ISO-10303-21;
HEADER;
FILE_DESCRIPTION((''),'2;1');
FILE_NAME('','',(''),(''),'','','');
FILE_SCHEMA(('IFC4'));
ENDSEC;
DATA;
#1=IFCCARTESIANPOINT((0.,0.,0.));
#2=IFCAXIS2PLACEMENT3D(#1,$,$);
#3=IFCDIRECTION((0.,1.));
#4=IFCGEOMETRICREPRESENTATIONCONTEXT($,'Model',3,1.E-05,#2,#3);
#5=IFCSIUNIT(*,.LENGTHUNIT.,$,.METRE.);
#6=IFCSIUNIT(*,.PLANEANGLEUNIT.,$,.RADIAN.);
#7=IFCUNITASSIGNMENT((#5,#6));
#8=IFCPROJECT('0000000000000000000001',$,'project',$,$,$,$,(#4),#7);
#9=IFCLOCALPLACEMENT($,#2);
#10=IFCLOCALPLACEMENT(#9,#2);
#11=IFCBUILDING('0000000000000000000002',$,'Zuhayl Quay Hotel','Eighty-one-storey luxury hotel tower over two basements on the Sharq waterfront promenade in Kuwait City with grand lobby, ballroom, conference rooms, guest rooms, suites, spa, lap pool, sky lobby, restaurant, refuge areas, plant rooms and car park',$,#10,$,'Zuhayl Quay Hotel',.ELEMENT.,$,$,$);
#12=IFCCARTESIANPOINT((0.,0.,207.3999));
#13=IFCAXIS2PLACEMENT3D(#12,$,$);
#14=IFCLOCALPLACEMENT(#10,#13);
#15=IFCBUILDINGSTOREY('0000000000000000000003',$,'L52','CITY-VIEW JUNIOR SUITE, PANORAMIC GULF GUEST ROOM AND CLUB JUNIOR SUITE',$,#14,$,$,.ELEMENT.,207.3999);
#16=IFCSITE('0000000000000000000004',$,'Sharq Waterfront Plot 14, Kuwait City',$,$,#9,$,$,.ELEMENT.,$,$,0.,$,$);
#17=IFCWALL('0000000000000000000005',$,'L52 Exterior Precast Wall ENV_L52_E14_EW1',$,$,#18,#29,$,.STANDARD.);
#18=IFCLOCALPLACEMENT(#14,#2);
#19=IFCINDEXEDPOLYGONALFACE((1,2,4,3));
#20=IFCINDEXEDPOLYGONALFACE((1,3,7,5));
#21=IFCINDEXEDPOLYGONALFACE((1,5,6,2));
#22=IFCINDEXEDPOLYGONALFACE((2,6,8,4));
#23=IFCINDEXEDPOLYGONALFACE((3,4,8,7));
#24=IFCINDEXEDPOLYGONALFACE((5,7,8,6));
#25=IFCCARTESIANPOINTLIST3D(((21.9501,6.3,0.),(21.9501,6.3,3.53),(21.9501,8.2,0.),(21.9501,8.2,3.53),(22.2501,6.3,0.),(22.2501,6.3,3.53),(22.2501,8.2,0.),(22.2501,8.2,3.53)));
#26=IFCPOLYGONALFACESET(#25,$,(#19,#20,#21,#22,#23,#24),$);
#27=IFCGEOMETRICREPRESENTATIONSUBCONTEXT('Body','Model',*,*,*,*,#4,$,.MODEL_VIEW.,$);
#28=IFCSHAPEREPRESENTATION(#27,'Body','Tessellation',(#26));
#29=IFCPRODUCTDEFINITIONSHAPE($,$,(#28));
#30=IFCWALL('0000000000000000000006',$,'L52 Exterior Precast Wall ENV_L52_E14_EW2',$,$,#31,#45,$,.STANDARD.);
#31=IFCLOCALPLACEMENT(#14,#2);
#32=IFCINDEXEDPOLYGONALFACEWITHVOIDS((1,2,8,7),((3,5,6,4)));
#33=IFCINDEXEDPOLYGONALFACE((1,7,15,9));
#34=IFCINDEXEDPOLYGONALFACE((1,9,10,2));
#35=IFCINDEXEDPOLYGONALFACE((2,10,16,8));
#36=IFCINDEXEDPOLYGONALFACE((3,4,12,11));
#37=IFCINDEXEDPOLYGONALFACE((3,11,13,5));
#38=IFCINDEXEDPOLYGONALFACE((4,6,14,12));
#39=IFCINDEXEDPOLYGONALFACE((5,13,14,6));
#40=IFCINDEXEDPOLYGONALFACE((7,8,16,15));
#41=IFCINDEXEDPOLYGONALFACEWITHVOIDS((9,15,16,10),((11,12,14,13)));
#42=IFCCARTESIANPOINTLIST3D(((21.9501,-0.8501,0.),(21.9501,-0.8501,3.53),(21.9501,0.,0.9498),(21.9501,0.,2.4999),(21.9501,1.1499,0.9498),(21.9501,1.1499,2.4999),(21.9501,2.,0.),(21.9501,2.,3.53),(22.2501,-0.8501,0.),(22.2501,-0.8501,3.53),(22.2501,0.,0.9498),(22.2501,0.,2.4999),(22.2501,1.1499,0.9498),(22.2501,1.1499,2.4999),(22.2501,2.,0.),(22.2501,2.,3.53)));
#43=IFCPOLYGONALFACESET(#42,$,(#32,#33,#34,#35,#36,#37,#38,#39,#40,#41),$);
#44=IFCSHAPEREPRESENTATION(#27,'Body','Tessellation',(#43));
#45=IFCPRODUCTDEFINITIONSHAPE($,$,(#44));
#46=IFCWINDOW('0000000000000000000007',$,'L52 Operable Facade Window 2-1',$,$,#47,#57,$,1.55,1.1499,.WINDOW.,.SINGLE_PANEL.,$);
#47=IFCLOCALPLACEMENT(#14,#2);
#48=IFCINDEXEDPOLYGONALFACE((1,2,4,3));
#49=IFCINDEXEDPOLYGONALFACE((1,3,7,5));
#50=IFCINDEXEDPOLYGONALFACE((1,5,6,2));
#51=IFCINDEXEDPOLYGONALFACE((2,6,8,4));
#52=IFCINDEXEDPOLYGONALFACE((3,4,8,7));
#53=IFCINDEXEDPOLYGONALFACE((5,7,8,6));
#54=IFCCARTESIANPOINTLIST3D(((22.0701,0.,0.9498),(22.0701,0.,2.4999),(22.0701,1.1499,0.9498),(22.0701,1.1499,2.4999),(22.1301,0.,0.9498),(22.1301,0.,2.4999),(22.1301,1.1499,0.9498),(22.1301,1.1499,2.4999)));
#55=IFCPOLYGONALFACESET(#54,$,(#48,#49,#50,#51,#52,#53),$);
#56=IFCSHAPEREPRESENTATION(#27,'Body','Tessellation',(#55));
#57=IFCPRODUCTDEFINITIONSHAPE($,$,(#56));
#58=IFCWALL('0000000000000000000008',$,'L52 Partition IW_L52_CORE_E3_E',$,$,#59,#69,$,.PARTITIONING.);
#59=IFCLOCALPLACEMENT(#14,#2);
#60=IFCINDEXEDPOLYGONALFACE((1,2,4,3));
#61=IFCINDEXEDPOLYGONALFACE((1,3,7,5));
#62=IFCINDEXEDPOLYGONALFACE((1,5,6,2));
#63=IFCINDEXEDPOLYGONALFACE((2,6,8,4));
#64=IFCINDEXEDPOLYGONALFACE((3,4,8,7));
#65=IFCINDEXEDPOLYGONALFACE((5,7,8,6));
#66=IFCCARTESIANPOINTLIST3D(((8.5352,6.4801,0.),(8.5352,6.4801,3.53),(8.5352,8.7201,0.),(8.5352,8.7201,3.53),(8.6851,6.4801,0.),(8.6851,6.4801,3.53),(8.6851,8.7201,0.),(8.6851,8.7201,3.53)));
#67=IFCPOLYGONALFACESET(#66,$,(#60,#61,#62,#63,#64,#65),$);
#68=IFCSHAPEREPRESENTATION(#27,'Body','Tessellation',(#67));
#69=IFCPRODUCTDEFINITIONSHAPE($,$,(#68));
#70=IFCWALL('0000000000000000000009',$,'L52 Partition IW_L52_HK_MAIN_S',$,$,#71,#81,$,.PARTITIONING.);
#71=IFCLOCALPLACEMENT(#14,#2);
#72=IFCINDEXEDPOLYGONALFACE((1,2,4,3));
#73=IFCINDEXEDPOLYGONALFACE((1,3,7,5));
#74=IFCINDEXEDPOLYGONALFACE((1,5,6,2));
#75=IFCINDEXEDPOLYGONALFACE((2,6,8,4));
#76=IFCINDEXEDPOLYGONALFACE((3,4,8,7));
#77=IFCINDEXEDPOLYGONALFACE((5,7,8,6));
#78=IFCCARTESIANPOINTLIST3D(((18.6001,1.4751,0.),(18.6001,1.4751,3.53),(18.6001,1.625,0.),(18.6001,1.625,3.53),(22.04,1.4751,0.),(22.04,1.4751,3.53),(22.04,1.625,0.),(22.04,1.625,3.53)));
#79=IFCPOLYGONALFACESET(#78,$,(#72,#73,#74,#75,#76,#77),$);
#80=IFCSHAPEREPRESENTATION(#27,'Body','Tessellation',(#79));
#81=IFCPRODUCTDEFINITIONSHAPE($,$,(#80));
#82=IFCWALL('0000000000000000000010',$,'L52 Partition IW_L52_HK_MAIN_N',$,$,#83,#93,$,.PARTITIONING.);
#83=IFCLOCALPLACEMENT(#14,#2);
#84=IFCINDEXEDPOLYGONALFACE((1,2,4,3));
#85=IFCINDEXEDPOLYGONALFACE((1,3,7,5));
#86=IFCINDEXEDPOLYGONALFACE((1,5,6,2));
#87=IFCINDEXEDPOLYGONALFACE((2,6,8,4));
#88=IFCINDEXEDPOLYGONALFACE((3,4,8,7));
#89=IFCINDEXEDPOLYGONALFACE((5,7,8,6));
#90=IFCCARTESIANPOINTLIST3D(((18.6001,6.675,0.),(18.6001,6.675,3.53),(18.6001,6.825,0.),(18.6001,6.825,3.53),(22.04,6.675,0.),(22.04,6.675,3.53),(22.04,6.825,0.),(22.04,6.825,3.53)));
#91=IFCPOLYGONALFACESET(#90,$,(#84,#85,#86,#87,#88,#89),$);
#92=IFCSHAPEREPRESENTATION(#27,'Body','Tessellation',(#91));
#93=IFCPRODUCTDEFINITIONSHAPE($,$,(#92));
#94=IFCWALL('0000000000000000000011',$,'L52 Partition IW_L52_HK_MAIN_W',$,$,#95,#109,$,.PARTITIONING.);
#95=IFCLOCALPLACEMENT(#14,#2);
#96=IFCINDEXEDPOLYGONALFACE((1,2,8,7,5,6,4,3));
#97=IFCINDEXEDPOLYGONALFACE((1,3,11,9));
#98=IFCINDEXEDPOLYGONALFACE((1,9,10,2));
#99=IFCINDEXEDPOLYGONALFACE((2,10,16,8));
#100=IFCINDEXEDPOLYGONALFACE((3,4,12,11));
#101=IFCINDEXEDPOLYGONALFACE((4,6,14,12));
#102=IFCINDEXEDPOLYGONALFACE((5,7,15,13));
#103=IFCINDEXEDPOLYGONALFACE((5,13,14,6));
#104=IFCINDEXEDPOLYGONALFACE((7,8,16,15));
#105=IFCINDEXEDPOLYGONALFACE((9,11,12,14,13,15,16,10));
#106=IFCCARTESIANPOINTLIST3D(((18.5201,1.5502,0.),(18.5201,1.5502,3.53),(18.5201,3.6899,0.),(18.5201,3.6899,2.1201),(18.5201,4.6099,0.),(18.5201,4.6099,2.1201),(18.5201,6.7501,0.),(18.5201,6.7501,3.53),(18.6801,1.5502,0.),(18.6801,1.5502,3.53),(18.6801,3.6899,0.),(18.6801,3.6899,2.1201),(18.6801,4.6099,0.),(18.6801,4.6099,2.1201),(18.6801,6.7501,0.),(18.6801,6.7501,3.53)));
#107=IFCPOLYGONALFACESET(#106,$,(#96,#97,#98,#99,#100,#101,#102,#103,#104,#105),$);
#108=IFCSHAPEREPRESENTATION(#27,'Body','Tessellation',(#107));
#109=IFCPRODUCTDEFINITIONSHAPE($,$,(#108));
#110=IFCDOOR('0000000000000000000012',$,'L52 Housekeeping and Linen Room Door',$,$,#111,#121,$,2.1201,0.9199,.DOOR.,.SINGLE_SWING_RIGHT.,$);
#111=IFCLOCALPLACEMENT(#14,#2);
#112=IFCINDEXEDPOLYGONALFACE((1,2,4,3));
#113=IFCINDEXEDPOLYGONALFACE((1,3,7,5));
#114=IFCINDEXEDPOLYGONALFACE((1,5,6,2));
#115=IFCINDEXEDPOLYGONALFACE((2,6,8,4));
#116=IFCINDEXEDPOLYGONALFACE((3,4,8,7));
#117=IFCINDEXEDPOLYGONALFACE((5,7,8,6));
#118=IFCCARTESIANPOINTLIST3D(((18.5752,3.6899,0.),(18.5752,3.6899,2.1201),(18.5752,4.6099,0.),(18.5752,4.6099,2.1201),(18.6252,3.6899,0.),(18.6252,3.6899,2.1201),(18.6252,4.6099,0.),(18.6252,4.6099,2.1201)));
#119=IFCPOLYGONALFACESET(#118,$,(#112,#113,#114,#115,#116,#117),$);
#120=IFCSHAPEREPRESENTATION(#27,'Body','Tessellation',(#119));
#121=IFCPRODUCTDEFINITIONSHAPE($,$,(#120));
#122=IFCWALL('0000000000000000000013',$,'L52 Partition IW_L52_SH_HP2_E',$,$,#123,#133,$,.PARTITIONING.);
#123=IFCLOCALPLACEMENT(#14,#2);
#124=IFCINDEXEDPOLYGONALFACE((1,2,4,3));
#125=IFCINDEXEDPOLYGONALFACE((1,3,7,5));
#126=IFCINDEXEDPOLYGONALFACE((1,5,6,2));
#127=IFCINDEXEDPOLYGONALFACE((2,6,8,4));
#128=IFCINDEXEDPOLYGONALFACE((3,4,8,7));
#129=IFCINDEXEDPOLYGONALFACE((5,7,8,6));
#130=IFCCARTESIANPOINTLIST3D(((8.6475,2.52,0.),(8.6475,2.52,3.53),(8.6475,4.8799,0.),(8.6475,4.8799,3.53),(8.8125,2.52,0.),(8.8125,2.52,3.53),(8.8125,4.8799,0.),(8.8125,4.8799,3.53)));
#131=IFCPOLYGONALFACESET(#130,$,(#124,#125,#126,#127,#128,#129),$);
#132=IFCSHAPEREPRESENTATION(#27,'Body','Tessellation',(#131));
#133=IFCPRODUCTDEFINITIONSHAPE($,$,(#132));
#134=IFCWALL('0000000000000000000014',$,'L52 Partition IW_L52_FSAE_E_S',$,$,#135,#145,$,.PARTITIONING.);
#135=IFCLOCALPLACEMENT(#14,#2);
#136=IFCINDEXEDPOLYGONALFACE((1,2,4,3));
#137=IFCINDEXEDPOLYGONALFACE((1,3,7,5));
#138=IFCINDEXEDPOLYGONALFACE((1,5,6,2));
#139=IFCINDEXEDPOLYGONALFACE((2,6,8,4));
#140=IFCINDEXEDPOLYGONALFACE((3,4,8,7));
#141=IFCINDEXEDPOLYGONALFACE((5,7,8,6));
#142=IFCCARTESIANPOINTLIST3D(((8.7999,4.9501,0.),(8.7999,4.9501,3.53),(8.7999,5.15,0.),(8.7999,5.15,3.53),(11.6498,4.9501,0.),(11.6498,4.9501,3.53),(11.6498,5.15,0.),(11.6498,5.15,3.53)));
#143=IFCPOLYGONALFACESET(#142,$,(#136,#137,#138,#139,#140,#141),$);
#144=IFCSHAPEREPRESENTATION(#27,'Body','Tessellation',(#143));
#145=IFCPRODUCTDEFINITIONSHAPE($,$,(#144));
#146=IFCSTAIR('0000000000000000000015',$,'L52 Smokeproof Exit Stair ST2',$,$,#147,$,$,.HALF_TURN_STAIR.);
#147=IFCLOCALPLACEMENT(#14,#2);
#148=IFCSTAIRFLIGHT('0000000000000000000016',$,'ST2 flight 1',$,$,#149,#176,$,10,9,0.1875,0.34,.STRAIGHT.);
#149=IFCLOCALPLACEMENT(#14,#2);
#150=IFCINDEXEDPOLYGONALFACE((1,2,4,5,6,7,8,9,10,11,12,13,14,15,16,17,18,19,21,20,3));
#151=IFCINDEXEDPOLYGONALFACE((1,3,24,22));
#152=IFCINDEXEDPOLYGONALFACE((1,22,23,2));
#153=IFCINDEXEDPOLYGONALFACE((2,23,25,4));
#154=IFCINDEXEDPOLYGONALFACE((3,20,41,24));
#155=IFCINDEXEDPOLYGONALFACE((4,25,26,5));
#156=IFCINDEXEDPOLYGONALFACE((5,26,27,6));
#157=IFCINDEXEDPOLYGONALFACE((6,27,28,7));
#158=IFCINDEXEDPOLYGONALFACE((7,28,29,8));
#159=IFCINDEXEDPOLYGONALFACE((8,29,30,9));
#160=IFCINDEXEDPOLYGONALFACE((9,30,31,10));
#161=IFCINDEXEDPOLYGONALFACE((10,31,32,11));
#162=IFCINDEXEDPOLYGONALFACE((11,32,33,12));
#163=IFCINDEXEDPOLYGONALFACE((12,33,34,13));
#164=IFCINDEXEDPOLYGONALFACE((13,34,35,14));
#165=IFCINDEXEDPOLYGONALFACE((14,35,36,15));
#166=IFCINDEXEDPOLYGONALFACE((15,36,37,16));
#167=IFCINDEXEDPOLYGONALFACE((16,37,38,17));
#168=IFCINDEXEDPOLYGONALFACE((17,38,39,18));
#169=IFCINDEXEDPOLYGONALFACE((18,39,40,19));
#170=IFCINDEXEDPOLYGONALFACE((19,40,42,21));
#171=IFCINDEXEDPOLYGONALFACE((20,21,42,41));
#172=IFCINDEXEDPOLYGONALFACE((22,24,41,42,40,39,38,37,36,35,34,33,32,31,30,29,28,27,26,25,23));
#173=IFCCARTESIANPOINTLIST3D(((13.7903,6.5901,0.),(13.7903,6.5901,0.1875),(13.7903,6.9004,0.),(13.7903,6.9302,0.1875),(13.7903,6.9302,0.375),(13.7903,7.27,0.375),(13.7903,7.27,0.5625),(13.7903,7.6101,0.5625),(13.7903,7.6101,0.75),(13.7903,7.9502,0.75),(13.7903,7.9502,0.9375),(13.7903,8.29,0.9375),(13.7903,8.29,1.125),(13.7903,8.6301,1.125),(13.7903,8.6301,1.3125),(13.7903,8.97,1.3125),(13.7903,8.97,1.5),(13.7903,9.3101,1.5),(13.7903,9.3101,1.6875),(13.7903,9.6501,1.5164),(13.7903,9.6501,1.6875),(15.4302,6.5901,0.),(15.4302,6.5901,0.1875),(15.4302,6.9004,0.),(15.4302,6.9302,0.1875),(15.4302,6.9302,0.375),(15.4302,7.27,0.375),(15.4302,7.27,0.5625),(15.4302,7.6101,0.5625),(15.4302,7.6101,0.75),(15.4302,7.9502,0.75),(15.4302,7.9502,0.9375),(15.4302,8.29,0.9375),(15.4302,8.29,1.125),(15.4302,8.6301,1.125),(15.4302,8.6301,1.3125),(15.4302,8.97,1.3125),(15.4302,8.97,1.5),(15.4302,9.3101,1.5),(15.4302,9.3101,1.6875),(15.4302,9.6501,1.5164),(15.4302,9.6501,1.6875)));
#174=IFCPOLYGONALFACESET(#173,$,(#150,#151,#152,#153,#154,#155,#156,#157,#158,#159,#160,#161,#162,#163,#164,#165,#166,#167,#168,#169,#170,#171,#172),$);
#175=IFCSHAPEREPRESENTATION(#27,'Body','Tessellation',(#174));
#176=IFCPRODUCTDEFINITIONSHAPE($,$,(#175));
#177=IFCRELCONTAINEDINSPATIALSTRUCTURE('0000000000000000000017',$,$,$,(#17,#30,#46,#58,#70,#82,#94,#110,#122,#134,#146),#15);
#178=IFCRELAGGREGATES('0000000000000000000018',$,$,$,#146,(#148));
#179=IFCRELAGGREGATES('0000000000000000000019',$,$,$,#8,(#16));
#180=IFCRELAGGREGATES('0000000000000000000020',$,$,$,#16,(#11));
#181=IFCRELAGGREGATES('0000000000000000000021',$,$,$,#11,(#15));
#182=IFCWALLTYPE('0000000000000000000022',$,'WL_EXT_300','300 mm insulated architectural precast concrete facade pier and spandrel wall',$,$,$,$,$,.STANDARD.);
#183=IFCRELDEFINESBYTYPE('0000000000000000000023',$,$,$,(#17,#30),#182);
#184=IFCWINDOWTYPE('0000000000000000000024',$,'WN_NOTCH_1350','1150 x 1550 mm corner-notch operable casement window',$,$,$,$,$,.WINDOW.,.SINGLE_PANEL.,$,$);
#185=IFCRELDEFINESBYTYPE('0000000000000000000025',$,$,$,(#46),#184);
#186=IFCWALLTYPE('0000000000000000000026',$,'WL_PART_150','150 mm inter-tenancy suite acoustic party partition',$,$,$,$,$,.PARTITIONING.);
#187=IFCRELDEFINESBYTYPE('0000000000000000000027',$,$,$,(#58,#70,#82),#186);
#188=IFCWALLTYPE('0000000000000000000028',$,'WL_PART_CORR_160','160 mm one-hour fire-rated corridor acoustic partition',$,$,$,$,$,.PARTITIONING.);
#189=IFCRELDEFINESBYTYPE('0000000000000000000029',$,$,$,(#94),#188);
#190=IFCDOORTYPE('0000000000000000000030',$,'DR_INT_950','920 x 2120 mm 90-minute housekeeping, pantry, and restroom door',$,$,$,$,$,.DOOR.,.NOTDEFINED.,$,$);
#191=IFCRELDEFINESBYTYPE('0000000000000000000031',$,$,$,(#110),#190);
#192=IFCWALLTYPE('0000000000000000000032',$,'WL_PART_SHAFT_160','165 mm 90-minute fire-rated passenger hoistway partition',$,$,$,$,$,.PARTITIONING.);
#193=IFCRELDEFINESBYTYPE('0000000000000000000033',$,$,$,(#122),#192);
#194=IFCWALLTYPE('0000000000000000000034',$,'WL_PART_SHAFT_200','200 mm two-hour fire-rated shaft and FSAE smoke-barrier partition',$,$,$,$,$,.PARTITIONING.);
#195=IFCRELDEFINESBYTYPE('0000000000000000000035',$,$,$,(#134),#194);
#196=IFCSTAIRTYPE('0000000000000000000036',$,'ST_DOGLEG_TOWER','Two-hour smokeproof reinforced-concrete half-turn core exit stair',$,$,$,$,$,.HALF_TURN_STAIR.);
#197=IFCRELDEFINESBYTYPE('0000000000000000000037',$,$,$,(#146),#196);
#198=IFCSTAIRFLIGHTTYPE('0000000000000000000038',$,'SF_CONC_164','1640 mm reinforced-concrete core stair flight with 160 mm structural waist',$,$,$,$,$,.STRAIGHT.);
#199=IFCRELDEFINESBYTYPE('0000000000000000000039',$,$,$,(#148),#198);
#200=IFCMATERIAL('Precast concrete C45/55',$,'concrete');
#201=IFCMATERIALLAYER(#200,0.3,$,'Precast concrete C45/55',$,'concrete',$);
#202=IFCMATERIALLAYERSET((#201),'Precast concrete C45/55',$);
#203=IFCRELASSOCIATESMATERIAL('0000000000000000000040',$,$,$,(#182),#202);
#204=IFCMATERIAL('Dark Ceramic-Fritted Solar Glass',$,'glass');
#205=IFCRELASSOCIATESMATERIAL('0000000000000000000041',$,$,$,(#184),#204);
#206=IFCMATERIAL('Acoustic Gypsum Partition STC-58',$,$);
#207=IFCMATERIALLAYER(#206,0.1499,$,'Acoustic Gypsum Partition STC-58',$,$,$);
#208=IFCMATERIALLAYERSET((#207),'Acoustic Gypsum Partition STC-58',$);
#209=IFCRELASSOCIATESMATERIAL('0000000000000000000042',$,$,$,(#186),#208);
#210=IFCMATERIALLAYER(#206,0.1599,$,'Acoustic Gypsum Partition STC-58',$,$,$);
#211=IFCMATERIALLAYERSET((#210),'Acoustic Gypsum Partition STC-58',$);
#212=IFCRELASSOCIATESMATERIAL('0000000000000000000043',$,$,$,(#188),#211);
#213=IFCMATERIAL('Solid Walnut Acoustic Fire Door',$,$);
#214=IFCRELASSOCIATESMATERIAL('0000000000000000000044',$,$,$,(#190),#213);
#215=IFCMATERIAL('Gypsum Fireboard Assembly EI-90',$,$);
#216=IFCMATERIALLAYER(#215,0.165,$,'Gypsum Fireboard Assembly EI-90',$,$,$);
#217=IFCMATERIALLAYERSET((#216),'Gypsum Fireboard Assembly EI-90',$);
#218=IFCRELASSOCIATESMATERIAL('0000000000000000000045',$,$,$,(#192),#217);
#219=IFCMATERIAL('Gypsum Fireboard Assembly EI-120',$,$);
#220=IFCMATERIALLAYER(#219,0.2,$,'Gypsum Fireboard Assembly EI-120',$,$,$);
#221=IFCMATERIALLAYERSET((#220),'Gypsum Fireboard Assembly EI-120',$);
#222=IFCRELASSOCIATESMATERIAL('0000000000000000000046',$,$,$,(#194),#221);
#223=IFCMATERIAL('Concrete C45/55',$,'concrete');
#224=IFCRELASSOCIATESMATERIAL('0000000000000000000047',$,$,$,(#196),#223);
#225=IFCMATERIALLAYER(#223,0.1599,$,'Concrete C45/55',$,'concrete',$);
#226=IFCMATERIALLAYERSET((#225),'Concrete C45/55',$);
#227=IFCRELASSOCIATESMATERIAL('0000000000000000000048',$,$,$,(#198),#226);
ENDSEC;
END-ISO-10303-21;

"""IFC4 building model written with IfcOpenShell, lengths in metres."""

from ifc_helpers import new_model, si_unit, direction, frame, frame_2d, origin, place, context, subcontext, project, spatial, polyline, rectangle, outline, extrude, material, layer, layer_set, type_object, element, fill, aggregate, save


model = new_model("IFC4")

# Units and contexts
model_context = context("Model", 3, precision=1e-05, world=origin(), true_north=direction((0.0, 1.0)))
body_context = subcontext(model_context, "Body", "Model", "MODEL_VIEW")
ifc_project = project(units=[si_unit("LENGTHUNIT", "METRE"), si_unit("PLANEANGLEUNIT", "RADIAN")], contexts=[model_context])

# Site, building, storey
site_placement = place(None, origin())
site = spatial("IfcSite", under=ifc_project, at=site_placement, Name="Sharq Waterfront Plot 14, Kuwait City", CompositionType="ELEMENT", RefElevation=0.0)
building_placement = place(site_placement, origin())
building = spatial("IfcBuilding", under=site, at=building_placement, Name="Zuhayl Quay Hotel", Description="Eighty-one-storey luxury hotel tower over two basements on the Sharq waterfront promenade in Kuwait City with grand lobby, ballroom, conference rooms, guest rooms, suites, spa, lap pool, sky lobby, restaurant, refuge areas, plant rooms and car park", LongName="Zuhayl Quay Hotel", CompositionType="ELEMENT")
storey_placement = place(building_placement, frame((0.0, 0.0, 207.3999)))
storey = spatial("IfcBuildingStorey", under=building, at=storey_placement, Name="L52", Description="CITY-VIEW JUNIOR SUITE, PANORAMIC GULF GUEST ROOM AND CLUB JUNIOR SUITE", CompositionType="ELEMENT", Elevation=207.3999)

# Shared definitions
ifc_material_1 = material(Name="Dark Ceramic-Fritted Solar Glass", Category="glass")

# Wall
ifc_material_2 = material(Name="Precast concrete C45/55", Category="concrete")
ifc_layer_1 = layer(ifc_material_2, 0.3, Name="Precast concrete C45/55", Category="concrete")
ifc_layer_set_1 = layer_set([ifc_layer_1], Name="Precast concrete C45/55")
wall_type_1 = type_object("IfcWallType", Name="WL_EXT_300", Description="300 mm insulated architectural precast concrete facade pier and spandrel wall", PredefinedType="STANDARD", material=ifc_layer_set_1)
wall_1_placement = place(storey_placement, frame((22.1001, 8.2, 0.0), z_axis=(0.0, 0.0, 1.0), x_axis=(0.0, -1.0, 0.0)))
element("IfcWall", 1, at=wall_1_placement, inside=storey, type_object=wall_type_1, Name="L52 Exterior Precast Wall ENV_L52_E14_EW1", PredefinedType="STANDARD", context=body_context, shape_type="SweptSolid", body=[
    extrude(rectangle(XDim=1.8999, YDim=0.3, at=frame_2d((0.95, 0.0))), origin(), (0.0, 0.0, 1.0), 3.53),
])

# Wall, opening, window
wall_2_placement = place(storey_placement, frame((22.1001, 2.0, 0.0), z_axis=(0.0, 0.0, 1.0), x_axis=(0.0, -1.0, 0.0)))
wall_2 = element("IfcWall", 2, at=wall_2_placement, inside=storey, type_object=wall_type_1, Name="L52 Exterior Precast Wall ENV_L52_E14_EW2", PredefinedType="STANDARD", context=body_context, shape_type="SweptSolid", body=[
    extrude(rectangle(XDim=2.8501, YDim=0.3, at=frame_2d((1.425, 0.0))), origin(), (0.0, 0.0, 1.0), 3.53),
])
opening_1_placement = place(wall_2_placement, frame((0.8501, 0.0, 0.95)))
opening_1 = element("IfcOpeningElement", 3, at=opening_1_placement, cuts=wall_2, PredefinedType="OPENING", context=body_context, shape_type="SweptSolid", body=[
    extrude(rectangle(XDim=1.1499, YDim=1.55, at=frame_2d((0.575, 0.7749))), frame((0.0, 0.1599, 0.0), z_axis=(0.0, -1.0, 0.0), x_axis=(1.0, 0.0, 0.0)), (0.0, 0.0, 1.0), 0.3201),
])
window_type = type_object("IfcWindowType", Name="WN_NOTCH_1350", Description="1150 x 1550 mm corner-notch operable casement window", PartitioningType="SINGLE_PANEL", PredefinedType="WINDOW", material=ifc_material_1)
window_placement = place(opening_1_placement, origin())
window = element("IfcWindow", 4, at=window_placement, inside=storey, type_object=window_type, Name="L52 Operable Facade Window 2-1", OverallHeight=1.55, OverallWidth=1.1499, PartitioningType="SINGLE_PANEL", PredefinedType="WINDOW", context=body_context, shape_type="SweptSolid", body=[
    extrude(rectangle(XDim=1.1499, YDim=1.55, at=frame_2d((0.575, 0.7749))), frame((0.0, 0.03, 0.0), z_axis=(0.0, -1.0, 0.0), x_axis=(1.0, 0.0, 0.0)), (0.0, 0.0, 1.0), 0.0601),
])
fill(opening_1, window)

# Walls
ifc_material_3 = material(Name="Acoustic Gypsum Partition STC-58")
ifc_layer_2 = layer(ifc_material_3, 0.1499, Name="Acoustic Gypsum Partition STC-58")
ifc_layer_set_2 = layer_set([ifc_layer_2], Name="Acoustic Gypsum Partition STC-58")
wall_type_2 = type_object("IfcWallType", Name="WL_PART_150", Description="150 mm inter-tenancy suite acoustic party partition", PredefinedType="PARTITIONING", material=ifc_layer_set_2)
wall_3_placement = place(storey_placement, frame((8.6101, 6.48, 0.0), z_axis=(0.0, 0.0, 1.0), x_axis=(0.0, 1.0, 0.0)))
element("IfcWall", 5, at=wall_3_placement, inside=storey, type_object=wall_type_2, Name="L52 Partition IW_L52_CORE_E3_E", PredefinedType="PARTITIONING", context=body_context, shape_type="SweptSolid", body=[
    extrude(rectangle(XDim=2.24, YDim=0.1499, at=frame_2d((1.1201, 0.0))), origin(), (0.0, 0.0, 1.0), 3.53),
])
for number, where, z_axis, x_axis, name in (
    (6, (18.6001, 1.55, 0.0), (0.0, 0.0, 1.0), (1.0, 0.0, 0.0), "L52 Partition IW_L52_HK_MAIN_S"),
    (7, (18.6001, 6.75, 0.0), (0.0, 0.0, 1.0), (1.0, 0.0, 0.0), "L52 Partition IW_L52_HK_MAIN_N"),
):
    element("IfcWall", number, at=place(storey_placement, frame(where, z_axis=z_axis, x_axis=x_axis)), inside=storey, type_object=wall_type_2, Name=name, PredefinedType="PARTITIONING", context=body_context, shape_type="SweptSolid", body=[
        extrude(rectangle(XDim=3.4399, YDim=0.1499, at=frame_2d((1.72, 0.0))), origin(), (0.0, 0.0, 1.0), 3.53),
    ])

# Wall, opening, door
ifc_layer_3 = layer(ifc_material_3, 0.1599, Name="Acoustic Gypsum Partition STC-58")
ifc_layer_set_3 = layer_set([ifc_layer_3], Name="Acoustic Gypsum Partition STC-58")
wall_type_3 = type_object("IfcWallType", Name="WL_PART_CORR_160", Description="160 mm one-hour fire-rated corridor acoustic partition", PredefinedType="PARTITIONING", material=ifc_layer_set_3)
wall_4_placement = place(storey_placement, frame((18.6001, 1.55, 0.0), z_axis=(0.0, 0.0, 1.0), x_axis=(0.0, 1.0, 0.0)))
wall_4 = element("IfcWall", 8, at=wall_4_placement, inside=storey, type_object=wall_type_3, Name="L52 Partition IW_L52_HK_MAIN_W", PredefinedType="PARTITIONING", context=body_context, shape_type="SweptSolid", body=[
    extrude(rectangle(XDim=5.2, YDim=0.1599, at=frame_2d((2.6001, 0.0))), origin(), (0.0, 0.0, 1.0), 3.53),
])
opening_2_placement = place(wall_4_placement, frame((2.1399, 0.0, 0.0)))
opening_2 = element("IfcOpeningElement", 9, at=opening_2_placement, cuts=wall_4, PredefinedType="OPENING", context=body_context, shape_type="SweptSolid", body=[
    extrude(rectangle(XDim=0.9199, YDim=2.1201, at=frame_2d((0.46, 1.0601))), frame((0.0, 0.0898, 0.0), z_axis=(0.0, -1.0, 0.0), x_axis=(1.0, 0.0, 0.0)), (0.0, 0.0, 1.0), 0.1799),
])
ifc_material_4 = material(Name="Solid Walnut Acoustic Fire Door")
door_type = type_object("IfcDoorType", Name="DR_INT_950", Description="920 x 2120 mm 90-minute housekeeping, pantry, and restroom door", OperationType="NOTDEFINED", PredefinedType="DOOR", material=ifc_material_4)
door_1_placement = place(opening_2_placement, origin())
door_1 = element("IfcDoor", 10, at=door_1_placement, inside=storey, type_object=door_type, Name="L52 Housekeeping and Linen Room Door", OperationType="SINGLE_SWING_RIGHT", OverallHeight=2.1201, OverallWidth=0.9199, PredefinedType="DOOR", context=body_context, shape_type="SweptSolid", body=[
    extrude(rectangle(XDim=0.9199, YDim=2.1201, at=frame_2d((0.46, 1.0601))), frame((0.0, 0.0249, 0.0), z_axis=(0.0, -1.0, 0.0), x_axis=(1.0, 0.0, 0.0)), (0.0, 0.0, 1.0), 0.05),
])
fill(opening_2, door_1)

# Walls
ifc_material_5 = material(Name="Gypsum Fireboard Assembly EI-90")
ifc_layer_4 = layer(ifc_material_5, 0.165, Name="Gypsum Fireboard Assembly EI-90")
ifc_layer_set_4 = layer_set([ifc_layer_4], Name="Gypsum Fireboard Assembly EI-90")
wall_type_4 = type_object("IfcWallType", Name="WL_PART_SHAFT_160", Description="165 mm 90-minute fire-rated passenger hoistway partition", PredefinedType="PARTITIONING", material=ifc_layer_set_4)
wall_5_placement = place(storey_placement, frame((8.73, 2.52, 0.0), z_axis=(0.0, 0.0, 1.0), x_axis=(0.0, 1.0, 0.0)))
element("IfcWall", 11, at=wall_5_placement, inside=storey, type_object=wall_type_4, Name="L52 Partition IW_L52_SH_HP2_E", PredefinedType="PARTITIONING", context=body_context, shape_type="SweptSolid", body=[
    extrude(rectangle(XDim=2.3599, YDim=0.165, at=frame_2d((1.1799, 0.0))), origin(), (0.0, 0.0, 1.0), 3.53),
])
ifc_material_6 = material(Name="Gypsum Fireboard Assembly EI-120")
ifc_layer_5 = layer(ifc_material_6, 0.2, Name="Gypsum Fireboard Assembly EI-120")
ifc_layer_set_5 = layer_set([ifc_layer_5], Name="Gypsum Fireboard Assembly EI-120")
wall_type_5 = type_object("IfcWallType", Name="WL_PART_SHAFT_200", Description="200 mm two-hour fire-rated shaft and FSAE smoke-barrier partition", PredefinedType="PARTITIONING", material=ifc_layer_set_5)
wall_6_placement = place(storey_placement, frame((8.8, 5.05, 0.0), z_axis=(0.0, 0.0, 1.0), x_axis=(1.0, 0.0, 0.0)))
element("IfcWall", 12, at=wall_6_placement, inside=storey, type_object=wall_type_5, Name="L52 Partition IW_L52_FSAE_E_S", PredefinedType="PARTITIONING", context=body_context, shape_type="SweptSolid", body=[
    extrude(rectangle(XDim=2.8499, YDim=0.2, at=frame_2d((1.4248, 0.0))), origin(), (0.0, 0.0, 1.0), 3.53),
])

# Stair, stair flight
ifc_material_7 = material(Name="Concrete C45/55", Category="concrete")
stair_type = type_object("IfcStairType", Name="ST_DOGLEG_TOWER", Description="Two-hour smokeproof reinforced-concrete half-turn core exit stair", PredefinedType="HALF_TURN_STAIR", material=ifc_material_7)
stair_placement = place(storey_placement, origin())
stair = element("IfcStair", 13, at=stair_placement, inside=storey, type_object=stair_type, Name="L52 Smokeproof Exit Stair ST2", PredefinedType="HALF_TURN_STAIR")
ifc_layer_6 = layer(ifc_material_7, 0.1599, Name="Concrete C45/55", Category="concrete")
ifc_layer_set_6 = layer_set([ifc_layer_6], Name="Concrete C45/55")
stair_flight_type = type_object("IfcStairFlightType", Name="SF_CONC_164", Description="1640 mm reinforced-concrete core stair flight with 160 mm structural waist", PredefinedType="STRAIGHT", material=ifc_layer_set_6)
stair_flight_placement = place(storey_placement, frame((14.6101, 6.5901, 0.0), z_axis=(0.0, 0.0, 1.0), x_axis=(0.0, 1.0, 0.0)))
stair_flight = element("IfcStairFlight", 14, at=stair_flight_placement, type_object=stair_flight_type, Name="ST2 flight 1", NumberOfRisers=10, NumberOfTreads=9, PredefinedType="STRAIGHT", RiserHeight=0.1875, TreadLength=0.34, context=body_context, shape_type="SweptSolid", body=[
    extrude(outline(polyline([(0.0, 0.0), (0.0, 0.1875), (0.3401, 0.1875), (0.3401, 0.375), (0.6799, 0.375), (0.6799, 0.5625), (1.02, 0.5625), (1.02, 0.75), (1.3601, 0.75), (1.3601, 0.9375), (1.7, 0.9375), (1.7, 1.125), (2.04, 1.125), (2.04, 1.3125), (2.3799, 1.3125), (2.3799, 1.5), (2.72, 1.5), (2.72, 1.6875), (3.0601, 1.6875), (3.0601, 1.875), (3.0601, 1.5164), (0.3103, 0.0), (0.0, 0.0)])), frame((0.0, 0.8198, 0.0), z_axis=(0.0, -1.0, 0.0), x_axis=(1.0, 0.0, 0.0)), (0.0, 0.0, 1.0), 1.6399),
])
aggregate(stair, [stair_flight])

save(model, "model.ifc")
